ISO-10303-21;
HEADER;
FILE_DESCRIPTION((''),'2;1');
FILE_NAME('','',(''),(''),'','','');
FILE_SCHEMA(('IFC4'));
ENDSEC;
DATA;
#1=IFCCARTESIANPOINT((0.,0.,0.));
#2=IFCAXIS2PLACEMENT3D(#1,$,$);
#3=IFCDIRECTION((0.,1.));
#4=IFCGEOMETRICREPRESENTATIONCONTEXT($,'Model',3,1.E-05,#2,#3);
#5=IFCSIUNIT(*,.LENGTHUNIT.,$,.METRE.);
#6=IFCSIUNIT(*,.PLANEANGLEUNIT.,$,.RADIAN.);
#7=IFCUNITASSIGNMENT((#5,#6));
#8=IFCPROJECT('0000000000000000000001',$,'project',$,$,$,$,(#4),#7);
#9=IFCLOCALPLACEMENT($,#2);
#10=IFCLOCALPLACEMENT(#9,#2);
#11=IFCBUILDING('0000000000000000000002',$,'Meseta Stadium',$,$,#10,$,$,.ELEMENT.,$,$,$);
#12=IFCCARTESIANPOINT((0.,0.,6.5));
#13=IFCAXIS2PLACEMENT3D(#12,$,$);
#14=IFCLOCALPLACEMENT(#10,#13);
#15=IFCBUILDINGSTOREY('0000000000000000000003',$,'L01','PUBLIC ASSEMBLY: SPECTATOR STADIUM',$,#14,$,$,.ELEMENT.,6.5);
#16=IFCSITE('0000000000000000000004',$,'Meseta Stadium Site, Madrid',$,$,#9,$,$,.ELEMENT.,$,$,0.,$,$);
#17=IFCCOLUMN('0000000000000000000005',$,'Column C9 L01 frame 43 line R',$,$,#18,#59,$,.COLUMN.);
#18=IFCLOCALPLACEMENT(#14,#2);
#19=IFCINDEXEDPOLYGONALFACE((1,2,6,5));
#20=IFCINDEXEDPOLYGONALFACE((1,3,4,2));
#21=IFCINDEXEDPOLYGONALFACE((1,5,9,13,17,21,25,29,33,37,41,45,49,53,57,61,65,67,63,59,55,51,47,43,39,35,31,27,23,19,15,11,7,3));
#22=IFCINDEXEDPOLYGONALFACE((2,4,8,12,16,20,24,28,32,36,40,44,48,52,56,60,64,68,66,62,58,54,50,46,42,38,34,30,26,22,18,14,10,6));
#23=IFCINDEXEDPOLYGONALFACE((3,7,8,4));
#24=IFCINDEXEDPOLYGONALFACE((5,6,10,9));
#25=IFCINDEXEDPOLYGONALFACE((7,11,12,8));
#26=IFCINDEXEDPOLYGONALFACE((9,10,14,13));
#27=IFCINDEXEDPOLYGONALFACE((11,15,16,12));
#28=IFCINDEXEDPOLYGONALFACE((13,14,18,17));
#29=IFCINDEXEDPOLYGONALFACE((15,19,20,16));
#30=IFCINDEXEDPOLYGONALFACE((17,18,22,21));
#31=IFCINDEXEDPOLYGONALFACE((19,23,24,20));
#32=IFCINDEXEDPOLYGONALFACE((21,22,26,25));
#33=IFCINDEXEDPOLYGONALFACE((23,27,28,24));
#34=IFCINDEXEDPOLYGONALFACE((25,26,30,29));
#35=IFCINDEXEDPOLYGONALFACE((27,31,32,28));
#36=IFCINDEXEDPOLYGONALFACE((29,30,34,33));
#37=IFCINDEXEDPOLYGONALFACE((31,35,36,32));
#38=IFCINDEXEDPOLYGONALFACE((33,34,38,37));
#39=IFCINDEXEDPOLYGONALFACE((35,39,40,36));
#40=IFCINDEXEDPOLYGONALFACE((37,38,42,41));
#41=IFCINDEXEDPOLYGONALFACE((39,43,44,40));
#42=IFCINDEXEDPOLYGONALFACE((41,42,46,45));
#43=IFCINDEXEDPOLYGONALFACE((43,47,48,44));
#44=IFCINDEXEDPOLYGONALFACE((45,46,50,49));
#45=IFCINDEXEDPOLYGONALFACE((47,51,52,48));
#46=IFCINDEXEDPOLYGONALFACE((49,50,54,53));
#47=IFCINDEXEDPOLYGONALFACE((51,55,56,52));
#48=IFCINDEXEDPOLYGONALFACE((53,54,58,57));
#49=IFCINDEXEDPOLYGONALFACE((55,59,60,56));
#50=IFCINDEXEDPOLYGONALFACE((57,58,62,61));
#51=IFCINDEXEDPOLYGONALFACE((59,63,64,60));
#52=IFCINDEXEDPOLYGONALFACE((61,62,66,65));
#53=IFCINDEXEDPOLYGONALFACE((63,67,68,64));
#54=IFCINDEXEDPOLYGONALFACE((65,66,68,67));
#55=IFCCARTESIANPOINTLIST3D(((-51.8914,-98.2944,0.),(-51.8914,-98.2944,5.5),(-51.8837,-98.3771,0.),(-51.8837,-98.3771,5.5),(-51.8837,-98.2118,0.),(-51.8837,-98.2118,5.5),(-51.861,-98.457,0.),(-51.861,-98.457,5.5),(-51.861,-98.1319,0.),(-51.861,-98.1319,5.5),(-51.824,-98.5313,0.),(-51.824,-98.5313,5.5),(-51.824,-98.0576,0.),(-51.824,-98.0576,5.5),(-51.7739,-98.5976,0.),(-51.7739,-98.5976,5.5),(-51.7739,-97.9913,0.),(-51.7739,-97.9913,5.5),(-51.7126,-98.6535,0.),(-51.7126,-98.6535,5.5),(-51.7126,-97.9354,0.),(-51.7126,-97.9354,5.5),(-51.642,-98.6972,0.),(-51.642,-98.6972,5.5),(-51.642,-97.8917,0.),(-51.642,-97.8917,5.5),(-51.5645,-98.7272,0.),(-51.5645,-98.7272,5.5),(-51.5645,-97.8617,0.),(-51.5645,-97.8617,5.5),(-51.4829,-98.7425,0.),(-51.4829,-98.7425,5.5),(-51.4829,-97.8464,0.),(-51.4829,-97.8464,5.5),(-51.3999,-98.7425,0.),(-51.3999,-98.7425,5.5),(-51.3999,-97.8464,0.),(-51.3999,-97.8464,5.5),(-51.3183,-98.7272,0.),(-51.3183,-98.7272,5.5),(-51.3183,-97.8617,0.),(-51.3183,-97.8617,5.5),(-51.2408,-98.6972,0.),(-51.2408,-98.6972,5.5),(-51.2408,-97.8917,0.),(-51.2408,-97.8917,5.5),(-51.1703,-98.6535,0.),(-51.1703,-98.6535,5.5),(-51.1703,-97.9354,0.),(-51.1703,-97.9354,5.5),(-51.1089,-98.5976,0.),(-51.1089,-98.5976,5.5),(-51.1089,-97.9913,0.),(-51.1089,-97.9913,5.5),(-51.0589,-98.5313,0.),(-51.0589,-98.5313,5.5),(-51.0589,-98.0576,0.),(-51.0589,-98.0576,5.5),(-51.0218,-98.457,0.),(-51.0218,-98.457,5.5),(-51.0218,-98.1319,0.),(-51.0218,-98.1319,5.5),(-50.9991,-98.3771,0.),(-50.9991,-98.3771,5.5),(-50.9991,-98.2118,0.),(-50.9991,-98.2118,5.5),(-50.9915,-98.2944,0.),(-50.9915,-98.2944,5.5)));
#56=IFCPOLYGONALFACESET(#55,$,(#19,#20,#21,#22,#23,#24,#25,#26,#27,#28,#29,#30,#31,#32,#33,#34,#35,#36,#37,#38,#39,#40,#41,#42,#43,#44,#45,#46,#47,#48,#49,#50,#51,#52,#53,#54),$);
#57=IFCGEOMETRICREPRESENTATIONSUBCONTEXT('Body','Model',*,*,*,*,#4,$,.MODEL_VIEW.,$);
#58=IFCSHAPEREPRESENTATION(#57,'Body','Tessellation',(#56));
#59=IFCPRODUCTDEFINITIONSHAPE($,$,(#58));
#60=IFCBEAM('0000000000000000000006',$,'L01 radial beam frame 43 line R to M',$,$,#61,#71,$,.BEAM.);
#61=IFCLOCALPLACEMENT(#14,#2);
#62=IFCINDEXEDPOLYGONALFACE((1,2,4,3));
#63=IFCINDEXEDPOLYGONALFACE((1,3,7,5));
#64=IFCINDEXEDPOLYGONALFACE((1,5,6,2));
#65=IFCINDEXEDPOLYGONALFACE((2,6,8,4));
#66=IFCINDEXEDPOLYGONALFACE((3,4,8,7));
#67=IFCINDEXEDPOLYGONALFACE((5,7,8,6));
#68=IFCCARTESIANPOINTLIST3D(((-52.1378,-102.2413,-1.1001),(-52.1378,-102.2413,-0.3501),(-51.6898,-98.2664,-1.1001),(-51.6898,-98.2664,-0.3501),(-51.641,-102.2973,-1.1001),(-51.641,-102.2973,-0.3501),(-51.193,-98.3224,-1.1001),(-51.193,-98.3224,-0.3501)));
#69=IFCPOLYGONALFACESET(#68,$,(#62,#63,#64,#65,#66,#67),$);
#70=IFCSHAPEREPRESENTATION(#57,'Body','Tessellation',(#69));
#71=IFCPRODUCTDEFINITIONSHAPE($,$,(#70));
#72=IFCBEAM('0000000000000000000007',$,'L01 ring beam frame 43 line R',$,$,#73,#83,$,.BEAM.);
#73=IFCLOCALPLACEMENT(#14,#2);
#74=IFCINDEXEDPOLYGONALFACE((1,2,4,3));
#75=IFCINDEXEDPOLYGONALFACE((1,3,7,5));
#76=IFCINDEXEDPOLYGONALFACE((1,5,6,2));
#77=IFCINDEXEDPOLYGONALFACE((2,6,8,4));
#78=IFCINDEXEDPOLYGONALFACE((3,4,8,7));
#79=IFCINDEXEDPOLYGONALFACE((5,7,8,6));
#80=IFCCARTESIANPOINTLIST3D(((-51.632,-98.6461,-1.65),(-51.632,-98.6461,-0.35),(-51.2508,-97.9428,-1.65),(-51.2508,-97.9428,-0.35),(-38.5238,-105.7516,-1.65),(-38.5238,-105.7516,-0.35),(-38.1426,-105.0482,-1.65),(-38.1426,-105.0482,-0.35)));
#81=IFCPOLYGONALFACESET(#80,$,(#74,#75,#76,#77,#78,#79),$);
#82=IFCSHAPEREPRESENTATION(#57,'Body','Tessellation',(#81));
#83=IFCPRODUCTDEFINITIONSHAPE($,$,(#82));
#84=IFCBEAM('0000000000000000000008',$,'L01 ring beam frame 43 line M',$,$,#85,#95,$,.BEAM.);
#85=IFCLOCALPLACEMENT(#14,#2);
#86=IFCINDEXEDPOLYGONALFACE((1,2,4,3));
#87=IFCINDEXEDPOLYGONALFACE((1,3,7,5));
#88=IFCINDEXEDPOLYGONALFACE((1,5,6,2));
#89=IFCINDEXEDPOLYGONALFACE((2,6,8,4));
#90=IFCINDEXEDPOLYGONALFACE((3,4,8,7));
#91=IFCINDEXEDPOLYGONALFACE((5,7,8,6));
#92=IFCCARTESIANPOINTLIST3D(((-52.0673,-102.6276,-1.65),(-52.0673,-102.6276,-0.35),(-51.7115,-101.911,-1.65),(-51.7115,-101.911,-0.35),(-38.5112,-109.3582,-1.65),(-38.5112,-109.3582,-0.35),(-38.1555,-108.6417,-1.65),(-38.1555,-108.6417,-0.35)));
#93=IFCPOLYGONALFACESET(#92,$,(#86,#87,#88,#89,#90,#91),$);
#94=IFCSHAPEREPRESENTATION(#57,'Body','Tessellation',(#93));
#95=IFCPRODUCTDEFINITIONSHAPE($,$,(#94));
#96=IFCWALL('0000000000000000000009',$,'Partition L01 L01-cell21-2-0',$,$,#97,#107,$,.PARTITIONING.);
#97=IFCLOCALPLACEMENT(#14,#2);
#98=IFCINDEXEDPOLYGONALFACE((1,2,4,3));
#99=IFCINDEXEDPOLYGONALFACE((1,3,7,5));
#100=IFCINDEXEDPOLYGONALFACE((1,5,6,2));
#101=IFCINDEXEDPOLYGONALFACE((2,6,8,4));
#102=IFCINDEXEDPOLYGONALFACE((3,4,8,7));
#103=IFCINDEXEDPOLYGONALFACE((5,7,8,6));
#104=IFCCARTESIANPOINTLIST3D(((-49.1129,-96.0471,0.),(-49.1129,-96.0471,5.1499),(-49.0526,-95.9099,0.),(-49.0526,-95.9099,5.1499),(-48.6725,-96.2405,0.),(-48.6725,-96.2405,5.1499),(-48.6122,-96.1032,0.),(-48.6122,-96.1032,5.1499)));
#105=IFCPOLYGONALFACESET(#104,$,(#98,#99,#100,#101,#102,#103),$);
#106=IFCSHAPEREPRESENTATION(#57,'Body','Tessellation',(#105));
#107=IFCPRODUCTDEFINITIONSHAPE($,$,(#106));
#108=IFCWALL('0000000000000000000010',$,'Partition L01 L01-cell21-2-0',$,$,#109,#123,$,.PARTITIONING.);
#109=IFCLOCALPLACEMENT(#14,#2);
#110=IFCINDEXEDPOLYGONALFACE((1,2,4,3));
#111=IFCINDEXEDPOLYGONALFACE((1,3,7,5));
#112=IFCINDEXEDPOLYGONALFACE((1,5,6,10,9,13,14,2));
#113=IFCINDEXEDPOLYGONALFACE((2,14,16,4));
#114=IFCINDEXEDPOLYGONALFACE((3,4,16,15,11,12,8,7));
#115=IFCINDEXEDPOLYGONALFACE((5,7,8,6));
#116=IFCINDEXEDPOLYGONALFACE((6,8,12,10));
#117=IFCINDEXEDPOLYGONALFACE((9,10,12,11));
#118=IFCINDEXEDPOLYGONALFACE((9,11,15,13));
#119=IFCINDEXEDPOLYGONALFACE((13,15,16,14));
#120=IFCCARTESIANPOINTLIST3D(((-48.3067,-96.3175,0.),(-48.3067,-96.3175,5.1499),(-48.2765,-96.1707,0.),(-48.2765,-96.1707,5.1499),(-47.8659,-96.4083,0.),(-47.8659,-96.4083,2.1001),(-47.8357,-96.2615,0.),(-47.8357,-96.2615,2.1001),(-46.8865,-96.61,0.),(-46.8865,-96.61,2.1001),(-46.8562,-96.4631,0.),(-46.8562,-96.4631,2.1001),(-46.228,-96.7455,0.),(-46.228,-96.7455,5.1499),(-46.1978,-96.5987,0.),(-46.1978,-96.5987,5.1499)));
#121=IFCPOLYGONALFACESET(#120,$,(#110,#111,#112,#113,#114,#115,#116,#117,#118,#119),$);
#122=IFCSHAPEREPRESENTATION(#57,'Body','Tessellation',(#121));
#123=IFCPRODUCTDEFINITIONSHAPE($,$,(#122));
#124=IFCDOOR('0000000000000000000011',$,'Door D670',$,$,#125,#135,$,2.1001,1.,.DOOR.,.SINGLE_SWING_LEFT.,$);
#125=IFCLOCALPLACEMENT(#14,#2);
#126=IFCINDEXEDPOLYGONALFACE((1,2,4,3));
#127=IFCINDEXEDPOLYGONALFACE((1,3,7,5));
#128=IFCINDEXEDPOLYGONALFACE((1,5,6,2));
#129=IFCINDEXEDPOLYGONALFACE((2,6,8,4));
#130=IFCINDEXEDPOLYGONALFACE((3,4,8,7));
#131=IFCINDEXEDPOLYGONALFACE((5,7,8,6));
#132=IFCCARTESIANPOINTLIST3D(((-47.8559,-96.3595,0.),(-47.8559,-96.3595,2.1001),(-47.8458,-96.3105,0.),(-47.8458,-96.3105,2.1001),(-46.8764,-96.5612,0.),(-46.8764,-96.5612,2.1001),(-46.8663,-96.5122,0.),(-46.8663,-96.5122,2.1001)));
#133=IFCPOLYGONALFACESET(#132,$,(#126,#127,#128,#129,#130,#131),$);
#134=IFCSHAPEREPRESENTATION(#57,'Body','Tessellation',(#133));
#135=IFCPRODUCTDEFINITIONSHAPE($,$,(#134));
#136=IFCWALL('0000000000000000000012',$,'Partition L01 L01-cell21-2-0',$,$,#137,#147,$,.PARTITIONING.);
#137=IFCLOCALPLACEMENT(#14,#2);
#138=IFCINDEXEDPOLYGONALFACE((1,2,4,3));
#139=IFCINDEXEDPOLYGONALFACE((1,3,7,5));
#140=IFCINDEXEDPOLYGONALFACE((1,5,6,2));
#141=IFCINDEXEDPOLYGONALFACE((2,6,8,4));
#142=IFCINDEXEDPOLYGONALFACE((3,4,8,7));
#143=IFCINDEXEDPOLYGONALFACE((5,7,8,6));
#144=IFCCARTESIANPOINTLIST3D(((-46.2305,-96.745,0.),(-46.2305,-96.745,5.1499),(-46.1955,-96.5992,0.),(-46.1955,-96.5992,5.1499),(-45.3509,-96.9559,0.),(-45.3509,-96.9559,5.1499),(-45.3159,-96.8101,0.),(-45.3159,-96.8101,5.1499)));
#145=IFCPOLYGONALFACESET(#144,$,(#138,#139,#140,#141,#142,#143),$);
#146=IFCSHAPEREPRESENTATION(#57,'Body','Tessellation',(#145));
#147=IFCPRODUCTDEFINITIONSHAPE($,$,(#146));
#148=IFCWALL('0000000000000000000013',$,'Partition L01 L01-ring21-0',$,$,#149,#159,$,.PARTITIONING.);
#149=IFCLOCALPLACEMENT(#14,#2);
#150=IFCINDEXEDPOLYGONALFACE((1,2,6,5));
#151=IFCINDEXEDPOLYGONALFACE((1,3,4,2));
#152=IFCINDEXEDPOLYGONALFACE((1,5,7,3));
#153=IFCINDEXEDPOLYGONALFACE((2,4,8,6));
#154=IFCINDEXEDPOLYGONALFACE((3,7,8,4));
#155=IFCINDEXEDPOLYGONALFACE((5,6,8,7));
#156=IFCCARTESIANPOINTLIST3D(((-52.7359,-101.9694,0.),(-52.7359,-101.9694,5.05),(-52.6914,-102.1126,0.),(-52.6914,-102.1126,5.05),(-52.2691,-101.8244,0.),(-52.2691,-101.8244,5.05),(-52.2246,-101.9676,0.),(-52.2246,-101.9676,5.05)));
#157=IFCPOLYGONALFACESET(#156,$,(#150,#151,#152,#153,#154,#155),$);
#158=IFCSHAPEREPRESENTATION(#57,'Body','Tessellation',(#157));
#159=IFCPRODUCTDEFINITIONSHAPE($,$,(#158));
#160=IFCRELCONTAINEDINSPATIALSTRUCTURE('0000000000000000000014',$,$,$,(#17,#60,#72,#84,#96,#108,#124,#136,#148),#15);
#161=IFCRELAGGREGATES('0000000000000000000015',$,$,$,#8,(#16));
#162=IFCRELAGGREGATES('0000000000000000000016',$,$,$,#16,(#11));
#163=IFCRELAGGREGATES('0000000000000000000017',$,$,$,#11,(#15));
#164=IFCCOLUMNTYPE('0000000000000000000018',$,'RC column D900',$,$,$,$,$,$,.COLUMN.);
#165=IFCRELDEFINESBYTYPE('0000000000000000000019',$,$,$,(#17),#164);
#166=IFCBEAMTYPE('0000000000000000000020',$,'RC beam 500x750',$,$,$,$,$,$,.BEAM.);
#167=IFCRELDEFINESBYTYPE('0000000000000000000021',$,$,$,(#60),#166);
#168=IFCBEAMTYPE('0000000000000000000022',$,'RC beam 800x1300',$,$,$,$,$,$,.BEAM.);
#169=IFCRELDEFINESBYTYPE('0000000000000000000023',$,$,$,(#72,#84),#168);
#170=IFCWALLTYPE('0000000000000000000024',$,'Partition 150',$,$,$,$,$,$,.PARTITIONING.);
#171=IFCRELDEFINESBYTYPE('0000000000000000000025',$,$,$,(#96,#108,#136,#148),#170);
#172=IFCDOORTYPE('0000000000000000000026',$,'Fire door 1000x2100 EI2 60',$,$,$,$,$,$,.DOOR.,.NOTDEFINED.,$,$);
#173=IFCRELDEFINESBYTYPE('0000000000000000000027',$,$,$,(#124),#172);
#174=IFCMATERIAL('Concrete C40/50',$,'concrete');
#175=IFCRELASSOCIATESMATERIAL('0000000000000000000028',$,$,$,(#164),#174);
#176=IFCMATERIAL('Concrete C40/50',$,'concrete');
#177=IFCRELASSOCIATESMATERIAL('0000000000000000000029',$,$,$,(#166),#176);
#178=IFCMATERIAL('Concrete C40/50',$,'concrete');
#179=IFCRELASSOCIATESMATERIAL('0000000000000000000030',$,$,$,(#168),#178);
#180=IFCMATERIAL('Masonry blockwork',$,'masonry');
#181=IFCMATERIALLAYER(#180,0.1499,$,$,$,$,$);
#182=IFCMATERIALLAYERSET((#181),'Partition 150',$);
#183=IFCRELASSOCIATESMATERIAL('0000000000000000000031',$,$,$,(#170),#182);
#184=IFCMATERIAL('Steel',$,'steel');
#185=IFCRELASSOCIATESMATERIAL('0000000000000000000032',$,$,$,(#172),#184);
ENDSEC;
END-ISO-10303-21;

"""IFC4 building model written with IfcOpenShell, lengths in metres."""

from ifc_helpers import new_model, si_unit, direction, frame, frame_2d, origin, origin_2d, place, context, subcontext, project, spatial, rectangle, circle, extrude, material, layer, layer_set, material_profile, profile_set, type_object, element, fill, save


model = new_model("IFC4")

# Units and contexts
model_context = context("Model", 3, precision=1e-05, world=origin(), true_north=direction((0.0, 1.0)))
body_context = subcontext(model_context, "Body", "Model", "MODEL_VIEW")
ifc_project = project(units=[si_unit("LENGTHUNIT", "METRE"), si_unit("PLANEANGLEUNIT", "RADIAN")], contexts=[model_context])

# Site, building, storey
site_placement = place(None, origin())
site = spatial("IfcSite", under=ifc_project, at=site_placement, Name="Meseta Stadium Site, Madrid", CompositionType="ELEMENT", RefElevation=0.0)
building_placement = place(site_placement, origin())
building = spatial("IfcBuilding", under=site, at=building_placement, Name="Meseta Stadium", CompositionType="ELEMENT")
storey_placement = place(building_placement, frame((0.0, 0.0, 6.5)))
storey = spatial("IfcBuildingStorey", under=building, at=storey_placement, Name="L01", Description="PUBLIC ASSEMBLY: SPECTATOR STADIUM", CompositionType="ELEMENT", Elevation=6.5)

# Column
ifc_material_1 = material(Name="Concrete C40/50", Category="concrete")
ifc_material_profile_1 = material_profile(ifc_material_1, circle(Radius=0.45, at=origin_2d()), Name="RC D900")
ifc_profile_set_1 = profile_set([ifc_material_profile_1], Name="Concrete C40/50")
column_type = type_object("IfcColumnType", Name="RC column D900", PredefinedType="COLUMN", material=ifc_profile_set_1)
column_placement = place(storey_placement, frame((-51.4414, -98.2944, 0.0), z_axis=(0.0, 0.0, 1.0), x_axis=(1.0, 0.0, 0.0)))
element("IfcColumn", 1, at=column_placement, inside=storey, type_object=column_type, Name="Column C9 L01 frame 43 line R", PredefinedType="COLUMN", context=body_context, shape_type="SweptSolid", body=[
    extrude(circle(Radius=0.45, at=origin_2d()), origin(), (0.0, 0.0, 1.0), 5.5),
])

# Beams
ifc_material_2 = material(Name="Concrete C40/50", Category="concrete")
ifc_material_profile_2 = material_profile(ifc_material_2, rectangle(XDim=0.5, YDim=0.75, at=origin_2d()), Name="RC 500x750")
ifc_profile_set_2 = profile_set([ifc_material_profile_2], Name="Concrete C40/50")
beam_type_1 = type_object("IfcBeamType", Name="RC beam 500x750", PredefinedType="BEAM", material=ifc_profile_set_2)
beam_1_placement = place(storey_placement, frame((-51.4414, -98.2944, -0.7251), z_axis=(-0.111999, -0.993708, 0.0), x_axis=(0.993708, -0.111999, 0.0)))
element("IfcBeam", 2, at=beam_1_placement, inside=storey, type_object=beam_type_1, Name="L01 radial beam frame 43 line R to M", PredefinedType="BEAM", context=body_context, shape_type="SweptSolid", body=[
    extrude(rectangle(XDim=0.5, YDim=0.75, at=origin_2d()), origin(), (0.0, 0.0, 1.0), 4.0),
])
ifc_material_3 = material(Name="Concrete C40/50", Category="concrete")
ifc_material_profile_3 = material_profile(ifc_material_3, rectangle(XDim=0.8, YDim=1.3, at=origin_2d()), Name="RC 800x1300")
ifc_profile_set_3 = profile_set([ifc_material_profile_3], Name="Concrete C40/50")
beam_type_2 = type_object("IfcBeamType", Name="RC beam 800x1300", PredefinedType="BEAM", material=ifc_profile_set_3)
beam_2_placement = place(storey_placement, frame((-51.4414, -98.2944, -1.0), z_axis=(0.879145, -0.476554, 0.0), x_axis=(0.476554, 0.879145, 0.0)))
element("IfcBeam", 3, at=beam_2_placement, inside=storey, type_object=beam_type_2, Name="L01 ring beam frame 43 line R", PredefinedType="BEAM", context=body_context, shape_type="SweptSolid", body=[
    extrude(rectangle(XDim=0.8, YDim=1.3, at=origin_2d()), origin(), (0.0, 0.0, 1.0), 14.9102),
])
beam_3_placement = place(storey_placement, frame((-51.8894, -102.2693, -1.0), z_axis=(0.895675, -0.444708, 0.0), x_axis=(0.444708, 0.895675, 0.0)))
element("IfcBeam", 4, at=beam_3_placement, inside=storey, type_object=beam_type_2, Name="L01 ring beam frame 43 line M", PredefinedType="BEAM", context=body_context, shape_type="SweptSolid", body=[
    extrude(rectangle(XDim=0.8, YDim=1.3, at=origin_2d()), origin(), (0.0, 0.0, 1.0), 15.135),
])

# Wall
ifc_material_4 = material(Name="Masonry blockwork", Category="masonry")
ifc_layer_1 = layer(ifc_material_4, 0.1499)
ifc_layer_set_1 = layer_set([ifc_layer_1], Name="Partition 150")
wall_type_1 = type_object("IfcWallType", Name="Partition 150", PredefinedType="PARTITIONING", material=ifc_layer_set_1)
wall_1_placement = place(storey_placement, frame((-49.0828, -95.9785, 0.0), z_axis=(0.0, 0.0, 1.0), x_axis=(0.915644, -0.40199, 0.0)))
element("IfcWall", 5, at=wall_1_placement, inside=storey, type_object=wall_type_1, Name="Partition L01 L01-cell21-2-0", PredefinedType="PARTITIONING", context=body_context, shape_type="SweptSolid", body=[
    extrude(rectangle(XDim=0.481, YDim=0.1499, at=frame_2d((0.2405, 0.0))), origin(), (0.0, 0.0, 1.0), 5.1499),
])

# Wall, opening, door
wall_2_placement = place(storey_placement, frame((-48.2915, -96.2441, 0.0), z_axis=(0.0, 0.0, 1.0), x_axis=(0.979454, -0.201666, 0.0)))
wall_2 = element("IfcWall", 6, at=wall_2_placement, inside=storey, type_object=wall_type_1, Name="Partition L01 L01-cell21-2-0", PredefinedType="PARTITIONING", context=body_context, shape_type="SweptSolid", body=[
    extrude(rectangle(XDim=2.1223, YDim=0.1499, at=frame_2d((1.061, 0.0))), origin(), (0.0, 0.0, 1.0), 5.1499),
])
opening_1_placement = place(wall_2_placement, frame((0.45, 0.0, 0.0)))
opening_1 = element("IfcOpeningElement", 7, at=opening_1_placement, cuts=wall_2, PredefinedType="OPENING", context=body_context, shape_type="SweptSolid", body=[
    extrude(rectangle(XDim=1.0, YDim=2.1001, at=frame_2d((0.5, 1.05))), frame((0.0, 0.085, 0.0), z_axis=(0.0, -1.0, 0.0), x_axis=(1.0, 0.0, 0.0)), (0.0, 0.0, 1.0), 0.1699),
])
ifc_material_5 = material(Name="Steel", Category="steel")
door_type_1 = type_object("IfcDoorType", Name="Fire door 1000x2100 EI2 60", OperationType="NOTDEFINED", PredefinedType="DOOR", material=ifc_material_5)
door_1_placement = place(opening_1_placement, origin())
door_1 = element("IfcDoor", 8, at=door_1_placement, inside=storey, type_object=door_type_1, Name="Door D670", OperationType="SINGLE_SWING_LEFT", OverallHeight=2.1001, OverallWidth=1.0, PredefinedType="DOOR", context=body_context, shape_type="SweptSolid", body=[
    extrude(rectangle(XDim=1.0, YDim=2.1001, at=frame_2d((0.5, 1.05))), frame((0.0, 0.0249, 0.0), z_axis=(0.0, -1.0, 0.0), x_axis=(1.0, 0.0, 0.0)), (0.0, 0.0, 1.0), 0.05),
])
fill(opening_1, door_1)

# Walls
wall_3_placement = place(storey_placement, frame((-46.2129, -96.6721, 0.0), z_axis=(0.0, 0.0, 1.0), x_axis=(0.972431, -0.233189, 0.0)))
element("IfcWall", 9, at=wall_3_placement, inside=storey, type_object=wall_type_1, Name="Partition L01 L01-cell21-2-0", PredefinedType="PARTITIONING", context=body_context, shape_type="SweptSolid", body=[
    extrude(rectangle(XDim=0.9045, YDim=0.1499, at=frame_2d((0.4521, 0.0))), origin(), (0.0, 0.0, 1.0), 5.1499),
])
wall_4_placement = place(storey_placement, frame((-52.7136, -102.041, 0.0), z_axis=(0.0, 0.0, 1.0), x_axis=(0.954976, 0.296682, 0.0)))
element("IfcWall", 10, at=wall_4_placement, inside=storey, type_object=wall_type_1, Name="Partition L01 L01-ring21-0", PredefinedType="PARTITIONING", context=body_context, shape_type="SweptSolid", body=[
    extrude(rectangle(XDim=0.4888, YDim=0.1499, at=frame_2d((0.2444, 0.0))), origin(), (0.0, 0.0, 1.0), 5.05),
])

save(model, "model.ifc")
